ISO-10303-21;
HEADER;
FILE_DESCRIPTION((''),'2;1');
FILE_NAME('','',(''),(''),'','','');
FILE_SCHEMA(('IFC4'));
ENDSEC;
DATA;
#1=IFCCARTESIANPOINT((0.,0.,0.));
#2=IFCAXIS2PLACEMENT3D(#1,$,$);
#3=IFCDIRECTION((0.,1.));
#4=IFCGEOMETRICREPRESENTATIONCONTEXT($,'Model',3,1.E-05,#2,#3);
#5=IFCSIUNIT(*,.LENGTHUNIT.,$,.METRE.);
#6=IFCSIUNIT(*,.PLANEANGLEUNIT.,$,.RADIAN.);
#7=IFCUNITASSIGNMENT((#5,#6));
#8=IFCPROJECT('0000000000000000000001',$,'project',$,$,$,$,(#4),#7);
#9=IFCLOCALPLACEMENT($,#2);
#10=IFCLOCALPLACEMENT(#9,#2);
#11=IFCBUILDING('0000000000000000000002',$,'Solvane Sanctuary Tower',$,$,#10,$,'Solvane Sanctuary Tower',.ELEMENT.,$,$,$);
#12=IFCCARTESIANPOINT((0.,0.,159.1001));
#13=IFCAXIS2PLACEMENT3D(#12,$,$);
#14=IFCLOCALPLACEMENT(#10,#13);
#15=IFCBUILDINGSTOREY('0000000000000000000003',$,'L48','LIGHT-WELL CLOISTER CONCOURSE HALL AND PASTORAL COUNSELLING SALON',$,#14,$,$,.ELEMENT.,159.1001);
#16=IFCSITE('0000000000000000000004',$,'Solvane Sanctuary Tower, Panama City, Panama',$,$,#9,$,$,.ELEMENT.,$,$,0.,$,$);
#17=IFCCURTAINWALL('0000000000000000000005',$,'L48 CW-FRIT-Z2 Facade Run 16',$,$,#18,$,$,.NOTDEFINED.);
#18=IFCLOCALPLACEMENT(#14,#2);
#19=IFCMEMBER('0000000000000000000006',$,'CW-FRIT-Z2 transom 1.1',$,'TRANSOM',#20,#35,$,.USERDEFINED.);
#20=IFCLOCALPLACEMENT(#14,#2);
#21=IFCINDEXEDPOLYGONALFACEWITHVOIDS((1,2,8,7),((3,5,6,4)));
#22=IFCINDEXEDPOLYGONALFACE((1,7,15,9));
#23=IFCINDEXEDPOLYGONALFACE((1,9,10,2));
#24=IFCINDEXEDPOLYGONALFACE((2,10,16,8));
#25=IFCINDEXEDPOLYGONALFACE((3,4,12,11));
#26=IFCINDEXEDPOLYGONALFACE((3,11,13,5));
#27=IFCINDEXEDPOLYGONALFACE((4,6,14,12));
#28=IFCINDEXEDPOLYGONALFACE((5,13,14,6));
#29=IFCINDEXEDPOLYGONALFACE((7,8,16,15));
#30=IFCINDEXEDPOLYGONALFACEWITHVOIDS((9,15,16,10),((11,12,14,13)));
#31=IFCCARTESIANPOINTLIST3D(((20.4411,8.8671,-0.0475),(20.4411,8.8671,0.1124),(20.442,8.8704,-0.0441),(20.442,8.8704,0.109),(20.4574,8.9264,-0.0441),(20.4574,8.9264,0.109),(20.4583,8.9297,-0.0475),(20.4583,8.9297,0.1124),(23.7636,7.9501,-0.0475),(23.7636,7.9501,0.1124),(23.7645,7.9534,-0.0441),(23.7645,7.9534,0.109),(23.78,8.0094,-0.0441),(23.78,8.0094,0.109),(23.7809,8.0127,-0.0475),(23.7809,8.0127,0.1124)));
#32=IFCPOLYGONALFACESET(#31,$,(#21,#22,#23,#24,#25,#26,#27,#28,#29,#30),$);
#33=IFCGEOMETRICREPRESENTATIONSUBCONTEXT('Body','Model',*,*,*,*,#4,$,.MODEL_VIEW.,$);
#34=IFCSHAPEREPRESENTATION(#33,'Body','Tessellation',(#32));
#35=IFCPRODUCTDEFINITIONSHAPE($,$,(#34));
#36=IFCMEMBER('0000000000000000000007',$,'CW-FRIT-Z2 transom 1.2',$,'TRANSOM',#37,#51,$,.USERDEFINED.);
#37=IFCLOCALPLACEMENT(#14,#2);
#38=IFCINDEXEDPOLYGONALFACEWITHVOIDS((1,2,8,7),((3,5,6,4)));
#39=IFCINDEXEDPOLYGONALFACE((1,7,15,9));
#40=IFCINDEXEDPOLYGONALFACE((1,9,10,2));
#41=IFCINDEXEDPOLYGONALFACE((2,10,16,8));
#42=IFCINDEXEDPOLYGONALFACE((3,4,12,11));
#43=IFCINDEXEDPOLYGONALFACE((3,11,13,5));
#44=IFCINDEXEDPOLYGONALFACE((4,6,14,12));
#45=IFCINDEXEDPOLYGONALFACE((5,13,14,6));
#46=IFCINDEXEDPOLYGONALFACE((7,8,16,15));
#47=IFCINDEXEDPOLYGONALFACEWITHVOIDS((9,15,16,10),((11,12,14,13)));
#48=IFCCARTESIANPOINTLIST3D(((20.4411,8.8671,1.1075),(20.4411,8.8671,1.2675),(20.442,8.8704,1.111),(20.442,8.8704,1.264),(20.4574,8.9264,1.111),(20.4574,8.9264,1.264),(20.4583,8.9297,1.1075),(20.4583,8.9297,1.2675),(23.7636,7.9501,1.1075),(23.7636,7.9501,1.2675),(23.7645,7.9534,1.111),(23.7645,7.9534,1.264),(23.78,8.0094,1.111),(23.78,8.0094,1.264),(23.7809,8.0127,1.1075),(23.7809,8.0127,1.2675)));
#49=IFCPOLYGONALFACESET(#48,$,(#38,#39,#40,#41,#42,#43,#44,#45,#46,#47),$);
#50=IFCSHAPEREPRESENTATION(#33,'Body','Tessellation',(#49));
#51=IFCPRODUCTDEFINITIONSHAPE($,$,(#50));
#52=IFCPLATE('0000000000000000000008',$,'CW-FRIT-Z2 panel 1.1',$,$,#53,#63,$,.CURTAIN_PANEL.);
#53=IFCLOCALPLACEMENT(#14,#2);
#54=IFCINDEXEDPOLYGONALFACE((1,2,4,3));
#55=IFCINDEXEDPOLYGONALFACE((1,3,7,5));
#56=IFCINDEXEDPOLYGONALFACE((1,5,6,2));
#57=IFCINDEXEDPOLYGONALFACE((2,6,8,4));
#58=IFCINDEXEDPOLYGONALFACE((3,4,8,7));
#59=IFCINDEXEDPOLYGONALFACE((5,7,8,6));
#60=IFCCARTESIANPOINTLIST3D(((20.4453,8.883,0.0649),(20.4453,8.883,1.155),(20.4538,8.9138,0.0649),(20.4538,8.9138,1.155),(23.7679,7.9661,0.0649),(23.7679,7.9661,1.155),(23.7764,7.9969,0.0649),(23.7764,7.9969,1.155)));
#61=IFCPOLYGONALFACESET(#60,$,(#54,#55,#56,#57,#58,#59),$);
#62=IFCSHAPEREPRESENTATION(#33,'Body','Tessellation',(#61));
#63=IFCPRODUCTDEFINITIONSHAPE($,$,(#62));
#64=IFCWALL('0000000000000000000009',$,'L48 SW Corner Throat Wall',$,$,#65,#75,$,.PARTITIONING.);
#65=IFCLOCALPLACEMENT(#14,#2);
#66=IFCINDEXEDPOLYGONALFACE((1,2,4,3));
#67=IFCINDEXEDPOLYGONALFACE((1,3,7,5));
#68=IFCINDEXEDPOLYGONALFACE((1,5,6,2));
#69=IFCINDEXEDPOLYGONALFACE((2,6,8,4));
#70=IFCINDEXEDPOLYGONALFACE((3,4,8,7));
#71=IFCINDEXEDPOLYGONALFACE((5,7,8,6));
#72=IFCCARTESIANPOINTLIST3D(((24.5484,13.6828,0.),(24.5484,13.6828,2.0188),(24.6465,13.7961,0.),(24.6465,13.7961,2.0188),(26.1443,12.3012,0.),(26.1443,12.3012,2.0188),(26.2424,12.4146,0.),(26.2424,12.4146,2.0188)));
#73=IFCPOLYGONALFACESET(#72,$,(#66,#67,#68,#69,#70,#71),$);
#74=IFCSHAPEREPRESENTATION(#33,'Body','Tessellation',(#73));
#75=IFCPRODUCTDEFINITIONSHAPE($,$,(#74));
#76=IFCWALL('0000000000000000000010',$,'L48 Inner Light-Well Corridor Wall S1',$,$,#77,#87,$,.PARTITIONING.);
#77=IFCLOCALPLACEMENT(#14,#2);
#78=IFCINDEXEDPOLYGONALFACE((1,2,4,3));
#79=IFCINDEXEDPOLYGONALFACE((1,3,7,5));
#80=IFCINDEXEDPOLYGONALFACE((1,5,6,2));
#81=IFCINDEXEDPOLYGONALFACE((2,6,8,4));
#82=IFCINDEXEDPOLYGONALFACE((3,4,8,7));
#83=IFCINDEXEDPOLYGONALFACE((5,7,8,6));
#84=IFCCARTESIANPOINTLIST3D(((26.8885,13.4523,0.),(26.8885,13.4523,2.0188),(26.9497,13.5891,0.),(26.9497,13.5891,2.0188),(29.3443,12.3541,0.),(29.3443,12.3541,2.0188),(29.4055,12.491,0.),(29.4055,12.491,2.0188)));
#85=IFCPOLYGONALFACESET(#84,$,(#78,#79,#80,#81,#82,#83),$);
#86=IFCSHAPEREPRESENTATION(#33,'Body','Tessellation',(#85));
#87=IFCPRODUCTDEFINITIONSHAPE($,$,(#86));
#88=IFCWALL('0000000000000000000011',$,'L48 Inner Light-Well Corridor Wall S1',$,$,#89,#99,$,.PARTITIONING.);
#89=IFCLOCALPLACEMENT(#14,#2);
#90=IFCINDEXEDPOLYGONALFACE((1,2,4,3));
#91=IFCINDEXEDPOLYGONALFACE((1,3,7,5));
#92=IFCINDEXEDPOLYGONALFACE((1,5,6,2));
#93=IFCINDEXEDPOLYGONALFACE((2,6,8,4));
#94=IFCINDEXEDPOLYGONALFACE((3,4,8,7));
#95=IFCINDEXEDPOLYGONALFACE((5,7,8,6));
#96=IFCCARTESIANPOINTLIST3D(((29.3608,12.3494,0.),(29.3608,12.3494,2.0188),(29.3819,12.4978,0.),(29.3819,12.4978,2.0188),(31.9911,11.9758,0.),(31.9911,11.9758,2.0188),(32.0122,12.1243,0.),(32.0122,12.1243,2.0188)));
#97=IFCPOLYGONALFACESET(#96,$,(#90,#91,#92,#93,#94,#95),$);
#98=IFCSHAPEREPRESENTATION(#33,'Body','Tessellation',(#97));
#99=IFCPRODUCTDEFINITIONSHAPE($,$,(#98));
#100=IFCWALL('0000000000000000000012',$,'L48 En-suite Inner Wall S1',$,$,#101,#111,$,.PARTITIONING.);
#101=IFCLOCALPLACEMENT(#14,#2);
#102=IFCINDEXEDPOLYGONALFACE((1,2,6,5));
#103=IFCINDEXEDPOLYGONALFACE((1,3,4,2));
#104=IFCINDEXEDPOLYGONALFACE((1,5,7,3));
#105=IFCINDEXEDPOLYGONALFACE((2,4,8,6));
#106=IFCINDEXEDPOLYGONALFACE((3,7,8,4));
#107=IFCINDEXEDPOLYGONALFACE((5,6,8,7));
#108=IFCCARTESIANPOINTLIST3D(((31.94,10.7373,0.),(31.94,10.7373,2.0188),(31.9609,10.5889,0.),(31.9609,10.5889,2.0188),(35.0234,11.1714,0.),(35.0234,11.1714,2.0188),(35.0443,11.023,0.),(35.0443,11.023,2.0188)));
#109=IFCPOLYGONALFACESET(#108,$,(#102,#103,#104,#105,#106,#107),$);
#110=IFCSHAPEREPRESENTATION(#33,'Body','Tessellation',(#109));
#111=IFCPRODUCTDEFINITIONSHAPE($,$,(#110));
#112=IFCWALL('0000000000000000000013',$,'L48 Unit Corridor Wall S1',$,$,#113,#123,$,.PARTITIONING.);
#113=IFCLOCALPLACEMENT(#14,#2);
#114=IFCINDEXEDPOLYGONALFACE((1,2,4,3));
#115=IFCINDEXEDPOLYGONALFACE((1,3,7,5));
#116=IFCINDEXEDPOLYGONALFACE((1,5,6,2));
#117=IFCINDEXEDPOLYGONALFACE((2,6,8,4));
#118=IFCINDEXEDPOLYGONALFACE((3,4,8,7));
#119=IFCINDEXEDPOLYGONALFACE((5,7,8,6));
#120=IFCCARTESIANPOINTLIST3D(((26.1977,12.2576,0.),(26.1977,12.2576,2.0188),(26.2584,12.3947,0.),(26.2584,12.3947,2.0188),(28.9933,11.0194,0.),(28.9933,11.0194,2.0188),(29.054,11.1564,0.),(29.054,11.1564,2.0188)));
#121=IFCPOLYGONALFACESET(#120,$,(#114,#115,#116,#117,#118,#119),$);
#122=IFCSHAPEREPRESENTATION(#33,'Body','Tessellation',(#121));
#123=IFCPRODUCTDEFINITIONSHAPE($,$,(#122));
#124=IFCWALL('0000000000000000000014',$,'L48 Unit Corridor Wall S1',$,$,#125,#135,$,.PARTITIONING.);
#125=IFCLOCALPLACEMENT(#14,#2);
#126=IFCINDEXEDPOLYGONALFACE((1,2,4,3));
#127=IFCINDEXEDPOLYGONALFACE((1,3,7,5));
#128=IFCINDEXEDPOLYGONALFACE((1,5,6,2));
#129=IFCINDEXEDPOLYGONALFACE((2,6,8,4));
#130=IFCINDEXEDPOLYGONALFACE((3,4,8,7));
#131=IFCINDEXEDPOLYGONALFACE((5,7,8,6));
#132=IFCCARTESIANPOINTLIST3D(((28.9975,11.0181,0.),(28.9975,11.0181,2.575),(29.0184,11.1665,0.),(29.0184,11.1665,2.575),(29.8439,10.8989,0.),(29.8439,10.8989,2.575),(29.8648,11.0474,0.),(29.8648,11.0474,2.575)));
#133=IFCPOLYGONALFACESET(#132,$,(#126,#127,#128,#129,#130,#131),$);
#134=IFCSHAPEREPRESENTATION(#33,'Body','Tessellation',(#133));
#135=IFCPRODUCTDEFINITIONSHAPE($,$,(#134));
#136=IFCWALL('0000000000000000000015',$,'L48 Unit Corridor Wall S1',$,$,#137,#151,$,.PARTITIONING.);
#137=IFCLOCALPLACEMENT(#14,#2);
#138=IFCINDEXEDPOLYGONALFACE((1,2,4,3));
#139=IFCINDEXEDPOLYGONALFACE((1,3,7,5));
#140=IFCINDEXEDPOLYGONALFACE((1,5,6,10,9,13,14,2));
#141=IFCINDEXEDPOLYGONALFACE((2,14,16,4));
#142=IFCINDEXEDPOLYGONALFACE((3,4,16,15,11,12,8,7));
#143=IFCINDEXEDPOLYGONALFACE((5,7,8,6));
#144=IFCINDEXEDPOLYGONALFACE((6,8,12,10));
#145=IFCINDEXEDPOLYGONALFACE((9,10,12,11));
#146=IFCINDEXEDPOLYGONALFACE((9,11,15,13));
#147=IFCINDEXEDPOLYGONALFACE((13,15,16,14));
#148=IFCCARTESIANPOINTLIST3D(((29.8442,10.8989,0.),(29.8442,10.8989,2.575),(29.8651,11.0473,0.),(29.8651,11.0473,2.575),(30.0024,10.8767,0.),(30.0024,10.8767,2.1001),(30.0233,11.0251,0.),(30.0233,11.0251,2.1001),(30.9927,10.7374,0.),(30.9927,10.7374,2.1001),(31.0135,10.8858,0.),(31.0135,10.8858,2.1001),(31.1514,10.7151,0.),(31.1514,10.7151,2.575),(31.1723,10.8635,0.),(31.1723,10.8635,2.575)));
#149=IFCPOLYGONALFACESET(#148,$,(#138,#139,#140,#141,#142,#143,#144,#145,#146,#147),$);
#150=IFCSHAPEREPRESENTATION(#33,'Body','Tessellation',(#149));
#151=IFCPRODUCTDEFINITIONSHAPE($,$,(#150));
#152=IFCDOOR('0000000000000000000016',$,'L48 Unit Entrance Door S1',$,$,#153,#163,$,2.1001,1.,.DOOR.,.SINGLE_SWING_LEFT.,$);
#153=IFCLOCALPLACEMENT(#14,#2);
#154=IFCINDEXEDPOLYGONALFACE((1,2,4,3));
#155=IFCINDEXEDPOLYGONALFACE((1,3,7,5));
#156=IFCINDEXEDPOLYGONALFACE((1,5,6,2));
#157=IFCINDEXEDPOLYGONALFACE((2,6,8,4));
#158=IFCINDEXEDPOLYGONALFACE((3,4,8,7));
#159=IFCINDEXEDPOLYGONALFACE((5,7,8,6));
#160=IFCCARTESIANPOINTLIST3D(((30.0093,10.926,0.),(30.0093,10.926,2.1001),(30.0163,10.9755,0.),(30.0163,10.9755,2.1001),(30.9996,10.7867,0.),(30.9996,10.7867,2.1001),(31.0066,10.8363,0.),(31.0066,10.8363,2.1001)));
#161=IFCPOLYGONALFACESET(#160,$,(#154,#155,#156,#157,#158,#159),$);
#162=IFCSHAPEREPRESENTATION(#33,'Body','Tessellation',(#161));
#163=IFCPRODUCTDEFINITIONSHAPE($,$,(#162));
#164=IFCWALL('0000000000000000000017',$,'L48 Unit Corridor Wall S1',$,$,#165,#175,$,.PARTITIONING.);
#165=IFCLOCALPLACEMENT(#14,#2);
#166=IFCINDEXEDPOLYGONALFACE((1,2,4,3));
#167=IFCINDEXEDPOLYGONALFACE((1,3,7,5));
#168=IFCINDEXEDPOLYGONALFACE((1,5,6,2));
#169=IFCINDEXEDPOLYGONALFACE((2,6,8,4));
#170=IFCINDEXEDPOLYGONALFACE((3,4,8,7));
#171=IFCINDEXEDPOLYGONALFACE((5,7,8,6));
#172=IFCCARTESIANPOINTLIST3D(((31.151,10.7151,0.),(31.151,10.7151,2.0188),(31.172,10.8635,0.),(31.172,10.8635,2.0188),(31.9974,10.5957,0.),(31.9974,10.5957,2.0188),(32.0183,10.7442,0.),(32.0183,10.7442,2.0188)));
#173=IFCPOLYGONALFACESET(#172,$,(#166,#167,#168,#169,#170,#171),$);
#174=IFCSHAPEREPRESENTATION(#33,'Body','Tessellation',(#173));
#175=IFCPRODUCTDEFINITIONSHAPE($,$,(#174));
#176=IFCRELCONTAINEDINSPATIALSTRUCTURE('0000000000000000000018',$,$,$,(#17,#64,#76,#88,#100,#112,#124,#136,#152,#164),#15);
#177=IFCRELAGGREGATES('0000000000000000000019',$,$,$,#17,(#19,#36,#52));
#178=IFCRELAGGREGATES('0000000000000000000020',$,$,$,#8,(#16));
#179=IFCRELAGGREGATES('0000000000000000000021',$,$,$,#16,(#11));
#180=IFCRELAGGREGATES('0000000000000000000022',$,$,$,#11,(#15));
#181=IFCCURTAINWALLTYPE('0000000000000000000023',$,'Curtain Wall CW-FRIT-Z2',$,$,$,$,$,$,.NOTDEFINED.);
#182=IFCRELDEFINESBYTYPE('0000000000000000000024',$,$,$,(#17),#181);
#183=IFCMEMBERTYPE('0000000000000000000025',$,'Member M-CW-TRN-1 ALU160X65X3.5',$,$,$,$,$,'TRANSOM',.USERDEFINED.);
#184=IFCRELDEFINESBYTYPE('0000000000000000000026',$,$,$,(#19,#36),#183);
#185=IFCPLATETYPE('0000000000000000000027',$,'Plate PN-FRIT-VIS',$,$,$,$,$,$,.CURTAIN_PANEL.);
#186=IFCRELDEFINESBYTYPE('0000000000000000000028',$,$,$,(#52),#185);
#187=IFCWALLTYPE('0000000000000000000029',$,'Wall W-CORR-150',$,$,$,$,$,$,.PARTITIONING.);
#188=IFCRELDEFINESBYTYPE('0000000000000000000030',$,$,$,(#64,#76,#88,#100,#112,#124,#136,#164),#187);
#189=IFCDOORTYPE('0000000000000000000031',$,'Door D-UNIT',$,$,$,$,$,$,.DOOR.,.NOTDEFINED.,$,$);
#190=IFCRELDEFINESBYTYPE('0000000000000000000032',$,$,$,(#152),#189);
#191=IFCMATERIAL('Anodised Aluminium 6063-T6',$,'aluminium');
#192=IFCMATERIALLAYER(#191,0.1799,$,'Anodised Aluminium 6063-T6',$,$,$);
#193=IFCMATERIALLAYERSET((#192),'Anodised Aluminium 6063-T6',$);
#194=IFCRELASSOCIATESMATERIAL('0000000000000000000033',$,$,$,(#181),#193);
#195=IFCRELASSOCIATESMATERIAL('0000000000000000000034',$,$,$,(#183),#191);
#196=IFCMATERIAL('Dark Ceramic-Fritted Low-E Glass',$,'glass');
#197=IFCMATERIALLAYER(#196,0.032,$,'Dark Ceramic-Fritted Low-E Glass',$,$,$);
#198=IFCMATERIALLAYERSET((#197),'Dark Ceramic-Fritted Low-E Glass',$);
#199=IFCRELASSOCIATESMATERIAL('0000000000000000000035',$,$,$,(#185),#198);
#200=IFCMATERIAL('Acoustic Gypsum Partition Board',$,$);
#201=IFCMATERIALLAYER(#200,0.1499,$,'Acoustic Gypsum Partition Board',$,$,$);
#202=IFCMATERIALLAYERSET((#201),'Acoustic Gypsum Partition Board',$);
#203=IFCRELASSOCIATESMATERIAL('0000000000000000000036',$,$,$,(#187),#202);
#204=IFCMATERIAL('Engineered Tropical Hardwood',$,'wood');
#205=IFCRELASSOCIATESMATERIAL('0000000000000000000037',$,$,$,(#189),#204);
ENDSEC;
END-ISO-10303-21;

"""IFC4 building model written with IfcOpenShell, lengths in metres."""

from ifc_helpers import new_model, si_unit, direction, frame, frame_2d, origin, origin_2d, place, context, subcontext, project, spatial, rectangle, hollow_rectangle, extrude, material, layer, layer_set, material_profile, profile_set, type_object, element, fill, aggregate, save


model = new_model("IFC4")

# Units and contexts
model_context = context("Model", 3, precision=1e-05, world=origin(), true_north=direction((0.0, 1.0)))
body_context = subcontext(model_context, "Body", "Model", "MODEL_VIEW")
ifc_project = project(units=[si_unit("LENGTHUNIT", "METRE"), si_unit("PLANEANGLEUNIT", "RADIAN")], contexts=[model_context])

# Site, building, storey
site_placement = place(None, origin())
site = spatial("IfcSite", under=ifc_project, at=site_placement, Name="Solvane Sanctuary Tower, Panama City, Panama", CompositionType="ELEMENT", RefElevation=0.0)
building_placement = place(site_placement, origin())
building = spatial("IfcBuilding", under=site, at=building_placement, Name="Solvane Sanctuary Tower", LongName="Solvane Sanctuary Tower", CompositionType="ELEMENT")
storey_placement = place(building_placement, frame((0.0, 0.0, 159.1001)))
storey = spatial("IfcBuildingStorey", under=building, at=storey_placement, Name="L48", Description="LIGHT-WELL CLOISTER CONCOURSE HALL AND PASTORAL COUNSELLING SALON", CompositionType="ELEMENT", Elevation=159.1001)

# Curtain wall, members, plate
ifc_material_1 = material(Name="Anodised Aluminium 6063-T6", Category="aluminium")
ifc_layer_1 = layer(ifc_material_1, 0.1799, Name="Anodised Aluminium 6063-T6")
ifc_layer_set_1 = layer_set([ifc_layer_1], Name="Anodised Aluminium 6063-T6")
curtain_wall_type = type_object("IfcCurtainWallType", Name="Curtain Wall CW-FRIT-Z2", PredefinedType="NOTDEFINED", material=ifc_layer_set_1)
curtain_wall_placement = place(storey_placement, origin())
curtain_wall = element("IfcCurtainWall", 1, at=curtain_wall_placement, inside=storey, type_object=curtain_wall_type, Name="L48 CW-FRIT-Z2 Facade Run 16", PredefinedType="NOTDEFINED")
ifc_material_profile_1 = material_profile(ifc_material_1, hollow_rectangle(XDim=0.0649, YDim=0.1599, WallThickness=0.0034, at=origin_2d()), Name="ALU160X65X3.5")
ifc_profile_set_1 = profile_set([ifc_material_profile_1], Name="Anodised Aluminium 6063-T6")
member_type_1 = type_object("IfcMemberType", Name="Member M-CW-TRN-1 ALU160X65X3.5", ElementType="TRANSOM", PredefinedType="USERDEFINED", material=ifc_profile_set_1)
member_1_placement = place(storey_placement, frame((20.4497, 8.8984, 0.0325), z_axis=(0.96396, -0.266047, 0.0), x_axis=(0.266047, 0.96396, 0.0)))
member_1 = element("IfcMember", 2, at=member_1_placement, type_object=member_type_1, Name="CW-FRIT-Z2 transom 1.1", ObjectType="TRANSOM", PredefinedType="USERDEFINED", context=body_context, shape_type="SweptSolid", body=[
    extrude(hollow_rectangle(XDim=0.0649, YDim=0.1599, WallThickness=0.0034, at=origin_2d()), origin(), (0.0, 0.0, 1.0), 3.4468),
])
member_2_placement = place(storey_placement, frame((20.4497, 8.8984, 1.1875), z_axis=(0.96396, -0.266047, 0.0), x_axis=(0.266047, 0.96396, 0.0)))
member_2 = element("IfcMember", 3, at=member_2_placement, type_object=member_type_1, Name="CW-FRIT-Z2 transom 1.2", ObjectType="TRANSOM", PredefinedType="USERDEFINED", context=body_context, shape_type="SweptSolid", body=[
    extrude(hollow_rectangle(XDim=0.0649, YDim=0.1599, WallThickness=0.0034, at=origin_2d()), origin(), (0.0, 0.0, 1.0), 3.4468),
])
ifc_material_2 = material(Name="Dark Ceramic-Fritted Low-E Glass", Category="glass")
ifc_layer_2 = layer(ifc_material_2, 0.032, Name="Dark Ceramic-Fritted Low-E Glass")
ifc_layer_set_2 = layer_set([ifc_layer_2], Name="Dark Ceramic-Fritted Low-E Glass")
plate_type = type_object("IfcPlateType", Name="Plate PN-FRIT-VIS", PredefinedType="CURTAIN_PANEL", material=ifc_layer_set_2)
plate_placement = place(storey_placement, frame((22.1108, 8.4399, 0.0649), z_axis=(0.0, 0.0, 1.0), x_axis=(0.963967, -0.266022, 0.0)))
plate = element("IfcPlate", 4, at=plate_placement, type_object=plate_type, Name="CW-FRIT-Z2 panel 1.1", PredefinedType="CURTAIN_PANEL", context=body_context, shape_type="SweptSolid", body=[
    extrude(rectangle(XDim=3.4468, YDim=0.032, at=origin_2d()), origin(), (0.0, 0.0, 1.0), 1.0901),
])
aggregate(curtain_wall, [member_1, member_2, plate])

# Walls
ifc_material_3 = material(Name="Acoustic Gypsum Partition Board")
ifc_layer_3 = layer(ifc_material_3, 0.1499, Name="Acoustic Gypsum Partition Board")
ifc_layer_set_3 = layer_set([ifc_layer_3], Name="Acoustic Gypsum Partition Board")
wall_type_1 = type_object("IfcWallType", Name="Wall W-CORR-150", PredefinedType="PARTITIONING", material=ifc_layer_set_3)
wall_1_placement = place(storey_placement, frame((26.1934, 12.3579, 0.0), z_axis=(0.0, 0.0, 1.0), x_axis=(-0.756055, 0.654508, 0.0)))
element("IfcWall", 5, at=wall_1_placement, inside=storey, type_object=wall_type_1, Name="L48 SW Corner Throat Wall", PredefinedType="PARTITIONING", context=body_context, shape_type="SweptSolid", body=[
    extrude(rectangle(XDim=2.1108, YDim=0.1499, at=frame_2d((1.0554, 0.0))), origin(), (0.0, 0.0, 1.0), 2.0188),
])
wall_2_placement = place(storey_placement, frame((26.9189, 13.5208, 0.0), z_axis=(0.0, 0.0, 1.0), x_axis=(0.912889, -0.408209, 0.0)))
element("IfcWall", 6, at=wall_2_placement, inside=storey, type_object=wall_type_1, Name="L48 Inner Light-Well Corridor Wall S1", PredefinedType="PARTITIONING", context=body_context, shape_type="SweptSolid", body=[
    extrude(rectangle(XDim=2.6902, YDim=0.1499, at=frame_2d((1.3452, 0.0))), origin(), (0.0, 0.0, 1.0), 2.0188),
])
wall_3_placement = place(storey_placement, frame((29.3713, 12.4236, 0.0), z_axis=(0.0, 0.0, 1.0), x_axis=(0.990067, -0.140598, 0.0)))
element("IfcWall", 7, at=wall_3_placement, inside=storey, type_object=wall_type_1, Name="L48 Inner Light-Well Corridor Wall S1", PredefinedType="PARTITIONING", context=body_context, shape_type="SweptSolid", body=[
    extrude(rectangle(XDim=2.6567, YDim=0.1499, at=frame_2d((1.3284, 0.0))), origin(), (0.0, 0.0, 1.0), 2.0188),
])
wall_4_placement = place(storey_placement, frame((31.9504, 10.6631, 0.0), z_axis=(0.0, 0.0, 1.0), x_axis=(0.990234, 0.139412, 0.0)))
element("IfcWall", 8, at=wall_4_placement, inside=storey, type_object=wall_type_1, Name="L48 En-suite Inner Wall S1", PredefinedType="PARTITIONING", context=body_context, shape_type="SweptSolid", body=[
    extrude(rectangle(XDim=3.1138, YDim=0.1499, at=frame_2d((1.5569, 0.0))), origin(), (0.0, 0.0, 1.0), 2.0188),
])
wall_5_placement = place(storey_placement, frame((26.228, 12.3262, 0.0), z_axis=(0.0, 0.0, 1.0), x_axis=(0.914324, -0.404982, 0.0)))
element("IfcWall", 9, at=wall_5_placement, inside=storey, type_object=wall_type_1, Name="L48 Unit Corridor Wall S1", PredefinedType="PARTITIONING", context=body_context, shape_type="SweptSolid", body=[
    extrude(rectangle(XDim=3.0576, YDim=0.1499, at=frame_2d((1.5288, 0.0))), origin(), (0.0, 0.0, 1.0), 2.0188),
])
wall_6_placement = place(storey_placement, frame((29.0081, 11.0923, 0.0), z_axis=(0.0, 0.0, 1.0), x_axis=(0.990239, -0.139382, 0.0)))
element("IfcWall", 10, at=wall_6_placement, inside=storey, type_object=wall_type_1, Name="L48 Unit Corridor Wall S1", PredefinedType="PARTITIONING", context=body_context, shape_type="SweptSolid", body=[
    extrude(rectangle(XDim=0.8547, YDim=0.1499, at=frame_2d((0.4272, 0.0))), origin(), (0.0, 0.0, 1.0), 2.575),
])

# Wall, opening, door
wall_7_placement = place(storey_placement, frame((29.8545, 10.9731, 0.0), z_axis=(0.0, 0.0, 1.0), x_axis=(0.990254, -0.139272, 0.0)))
wall_7 = element("IfcWall", 11, at=wall_7_placement, inside=storey, type_object=wall_type_1, Name="L48 Unit Corridor Wall S1", PredefinedType="PARTITIONING", context=body_context, shape_type="SweptSolid", body=[
    extrude(rectangle(XDim=1.3201, YDim=0.1499, at=frame_2d((0.6602, 0.0))), origin(), (0.0, 0.0, 1.0), 2.575),
])
opening_1_placement = place(wall_7_placement, frame((0.1599, 0.0, 0.0)))
opening_1 = element("IfcOpeningElement", 12, at=opening_1_placement, cuts=wall_7, PredefinedType="OPENING", context=body_context, shape_type="SweptSolid", body=[
    extrude(rectangle(XDim=1.0, YDim=2.1001, at=frame_2d((0.5, 1.05))), frame((0.0, 0.085, 0.0), z_axis=(0.0, -1.0, 0.0), x_axis=(1.0, 0.0, 0.0)), (0.0, 0.0, 1.0), 0.1699),
])
ifc_material_4 = material(Name="Engineered Tropical Hardwood", Category="wood")
door_type = type_object("IfcDoorType", Name="Door D-UNIT", OperationType="NOTDEFINED", PredefinedType="DOOR", material=ifc_material_4)
door_placement = place(opening_1_placement, origin())
door = element("IfcDoor", 13, at=door_placement, inside=storey, type_object=door_type, Name="L48 Unit Entrance Door S1", OperationType="SINGLE_SWING_LEFT", OverallHeight=2.1001, OverallWidth=1.0, PredefinedType="DOOR", context=body_context, shape_type="SweptSolid", body=[
    extrude(rectangle(XDim=1.0, YDim=2.1001, at=frame_2d((0.5, 1.05))), frame((0.0, 0.0249, 0.0), z_axis=(0.0, -1.0, 0.0), x_axis=(1.0, 0.0, 0.0)), (0.0, 0.0, 1.0), 0.05),
])
fill(opening_1, door)

# Wall
wall_8_placement = place(storey_placement, frame((31.1616, 10.7893, 0.0), z_axis=(0.0, 0.0, 1.0), x_axis=(0.990199, -0.139662, 0.0)))
element("IfcWall", 14, at=wall_8_placement, inside=storey, type_object=wall_type_1, Name="L48 Unit Corridor Wall S1", PredefinedType="PARTITIONING", context=body_context, shape_type="SweptSolid", body=[
    extrude(rectangle(XDim=0.8547, YDim=0.1499, at=frame_2d((0.4272, 0.0))), origin(), (0.0, 0.0, 1.0), 2.0188),
])

save(model, "model.ifc")
